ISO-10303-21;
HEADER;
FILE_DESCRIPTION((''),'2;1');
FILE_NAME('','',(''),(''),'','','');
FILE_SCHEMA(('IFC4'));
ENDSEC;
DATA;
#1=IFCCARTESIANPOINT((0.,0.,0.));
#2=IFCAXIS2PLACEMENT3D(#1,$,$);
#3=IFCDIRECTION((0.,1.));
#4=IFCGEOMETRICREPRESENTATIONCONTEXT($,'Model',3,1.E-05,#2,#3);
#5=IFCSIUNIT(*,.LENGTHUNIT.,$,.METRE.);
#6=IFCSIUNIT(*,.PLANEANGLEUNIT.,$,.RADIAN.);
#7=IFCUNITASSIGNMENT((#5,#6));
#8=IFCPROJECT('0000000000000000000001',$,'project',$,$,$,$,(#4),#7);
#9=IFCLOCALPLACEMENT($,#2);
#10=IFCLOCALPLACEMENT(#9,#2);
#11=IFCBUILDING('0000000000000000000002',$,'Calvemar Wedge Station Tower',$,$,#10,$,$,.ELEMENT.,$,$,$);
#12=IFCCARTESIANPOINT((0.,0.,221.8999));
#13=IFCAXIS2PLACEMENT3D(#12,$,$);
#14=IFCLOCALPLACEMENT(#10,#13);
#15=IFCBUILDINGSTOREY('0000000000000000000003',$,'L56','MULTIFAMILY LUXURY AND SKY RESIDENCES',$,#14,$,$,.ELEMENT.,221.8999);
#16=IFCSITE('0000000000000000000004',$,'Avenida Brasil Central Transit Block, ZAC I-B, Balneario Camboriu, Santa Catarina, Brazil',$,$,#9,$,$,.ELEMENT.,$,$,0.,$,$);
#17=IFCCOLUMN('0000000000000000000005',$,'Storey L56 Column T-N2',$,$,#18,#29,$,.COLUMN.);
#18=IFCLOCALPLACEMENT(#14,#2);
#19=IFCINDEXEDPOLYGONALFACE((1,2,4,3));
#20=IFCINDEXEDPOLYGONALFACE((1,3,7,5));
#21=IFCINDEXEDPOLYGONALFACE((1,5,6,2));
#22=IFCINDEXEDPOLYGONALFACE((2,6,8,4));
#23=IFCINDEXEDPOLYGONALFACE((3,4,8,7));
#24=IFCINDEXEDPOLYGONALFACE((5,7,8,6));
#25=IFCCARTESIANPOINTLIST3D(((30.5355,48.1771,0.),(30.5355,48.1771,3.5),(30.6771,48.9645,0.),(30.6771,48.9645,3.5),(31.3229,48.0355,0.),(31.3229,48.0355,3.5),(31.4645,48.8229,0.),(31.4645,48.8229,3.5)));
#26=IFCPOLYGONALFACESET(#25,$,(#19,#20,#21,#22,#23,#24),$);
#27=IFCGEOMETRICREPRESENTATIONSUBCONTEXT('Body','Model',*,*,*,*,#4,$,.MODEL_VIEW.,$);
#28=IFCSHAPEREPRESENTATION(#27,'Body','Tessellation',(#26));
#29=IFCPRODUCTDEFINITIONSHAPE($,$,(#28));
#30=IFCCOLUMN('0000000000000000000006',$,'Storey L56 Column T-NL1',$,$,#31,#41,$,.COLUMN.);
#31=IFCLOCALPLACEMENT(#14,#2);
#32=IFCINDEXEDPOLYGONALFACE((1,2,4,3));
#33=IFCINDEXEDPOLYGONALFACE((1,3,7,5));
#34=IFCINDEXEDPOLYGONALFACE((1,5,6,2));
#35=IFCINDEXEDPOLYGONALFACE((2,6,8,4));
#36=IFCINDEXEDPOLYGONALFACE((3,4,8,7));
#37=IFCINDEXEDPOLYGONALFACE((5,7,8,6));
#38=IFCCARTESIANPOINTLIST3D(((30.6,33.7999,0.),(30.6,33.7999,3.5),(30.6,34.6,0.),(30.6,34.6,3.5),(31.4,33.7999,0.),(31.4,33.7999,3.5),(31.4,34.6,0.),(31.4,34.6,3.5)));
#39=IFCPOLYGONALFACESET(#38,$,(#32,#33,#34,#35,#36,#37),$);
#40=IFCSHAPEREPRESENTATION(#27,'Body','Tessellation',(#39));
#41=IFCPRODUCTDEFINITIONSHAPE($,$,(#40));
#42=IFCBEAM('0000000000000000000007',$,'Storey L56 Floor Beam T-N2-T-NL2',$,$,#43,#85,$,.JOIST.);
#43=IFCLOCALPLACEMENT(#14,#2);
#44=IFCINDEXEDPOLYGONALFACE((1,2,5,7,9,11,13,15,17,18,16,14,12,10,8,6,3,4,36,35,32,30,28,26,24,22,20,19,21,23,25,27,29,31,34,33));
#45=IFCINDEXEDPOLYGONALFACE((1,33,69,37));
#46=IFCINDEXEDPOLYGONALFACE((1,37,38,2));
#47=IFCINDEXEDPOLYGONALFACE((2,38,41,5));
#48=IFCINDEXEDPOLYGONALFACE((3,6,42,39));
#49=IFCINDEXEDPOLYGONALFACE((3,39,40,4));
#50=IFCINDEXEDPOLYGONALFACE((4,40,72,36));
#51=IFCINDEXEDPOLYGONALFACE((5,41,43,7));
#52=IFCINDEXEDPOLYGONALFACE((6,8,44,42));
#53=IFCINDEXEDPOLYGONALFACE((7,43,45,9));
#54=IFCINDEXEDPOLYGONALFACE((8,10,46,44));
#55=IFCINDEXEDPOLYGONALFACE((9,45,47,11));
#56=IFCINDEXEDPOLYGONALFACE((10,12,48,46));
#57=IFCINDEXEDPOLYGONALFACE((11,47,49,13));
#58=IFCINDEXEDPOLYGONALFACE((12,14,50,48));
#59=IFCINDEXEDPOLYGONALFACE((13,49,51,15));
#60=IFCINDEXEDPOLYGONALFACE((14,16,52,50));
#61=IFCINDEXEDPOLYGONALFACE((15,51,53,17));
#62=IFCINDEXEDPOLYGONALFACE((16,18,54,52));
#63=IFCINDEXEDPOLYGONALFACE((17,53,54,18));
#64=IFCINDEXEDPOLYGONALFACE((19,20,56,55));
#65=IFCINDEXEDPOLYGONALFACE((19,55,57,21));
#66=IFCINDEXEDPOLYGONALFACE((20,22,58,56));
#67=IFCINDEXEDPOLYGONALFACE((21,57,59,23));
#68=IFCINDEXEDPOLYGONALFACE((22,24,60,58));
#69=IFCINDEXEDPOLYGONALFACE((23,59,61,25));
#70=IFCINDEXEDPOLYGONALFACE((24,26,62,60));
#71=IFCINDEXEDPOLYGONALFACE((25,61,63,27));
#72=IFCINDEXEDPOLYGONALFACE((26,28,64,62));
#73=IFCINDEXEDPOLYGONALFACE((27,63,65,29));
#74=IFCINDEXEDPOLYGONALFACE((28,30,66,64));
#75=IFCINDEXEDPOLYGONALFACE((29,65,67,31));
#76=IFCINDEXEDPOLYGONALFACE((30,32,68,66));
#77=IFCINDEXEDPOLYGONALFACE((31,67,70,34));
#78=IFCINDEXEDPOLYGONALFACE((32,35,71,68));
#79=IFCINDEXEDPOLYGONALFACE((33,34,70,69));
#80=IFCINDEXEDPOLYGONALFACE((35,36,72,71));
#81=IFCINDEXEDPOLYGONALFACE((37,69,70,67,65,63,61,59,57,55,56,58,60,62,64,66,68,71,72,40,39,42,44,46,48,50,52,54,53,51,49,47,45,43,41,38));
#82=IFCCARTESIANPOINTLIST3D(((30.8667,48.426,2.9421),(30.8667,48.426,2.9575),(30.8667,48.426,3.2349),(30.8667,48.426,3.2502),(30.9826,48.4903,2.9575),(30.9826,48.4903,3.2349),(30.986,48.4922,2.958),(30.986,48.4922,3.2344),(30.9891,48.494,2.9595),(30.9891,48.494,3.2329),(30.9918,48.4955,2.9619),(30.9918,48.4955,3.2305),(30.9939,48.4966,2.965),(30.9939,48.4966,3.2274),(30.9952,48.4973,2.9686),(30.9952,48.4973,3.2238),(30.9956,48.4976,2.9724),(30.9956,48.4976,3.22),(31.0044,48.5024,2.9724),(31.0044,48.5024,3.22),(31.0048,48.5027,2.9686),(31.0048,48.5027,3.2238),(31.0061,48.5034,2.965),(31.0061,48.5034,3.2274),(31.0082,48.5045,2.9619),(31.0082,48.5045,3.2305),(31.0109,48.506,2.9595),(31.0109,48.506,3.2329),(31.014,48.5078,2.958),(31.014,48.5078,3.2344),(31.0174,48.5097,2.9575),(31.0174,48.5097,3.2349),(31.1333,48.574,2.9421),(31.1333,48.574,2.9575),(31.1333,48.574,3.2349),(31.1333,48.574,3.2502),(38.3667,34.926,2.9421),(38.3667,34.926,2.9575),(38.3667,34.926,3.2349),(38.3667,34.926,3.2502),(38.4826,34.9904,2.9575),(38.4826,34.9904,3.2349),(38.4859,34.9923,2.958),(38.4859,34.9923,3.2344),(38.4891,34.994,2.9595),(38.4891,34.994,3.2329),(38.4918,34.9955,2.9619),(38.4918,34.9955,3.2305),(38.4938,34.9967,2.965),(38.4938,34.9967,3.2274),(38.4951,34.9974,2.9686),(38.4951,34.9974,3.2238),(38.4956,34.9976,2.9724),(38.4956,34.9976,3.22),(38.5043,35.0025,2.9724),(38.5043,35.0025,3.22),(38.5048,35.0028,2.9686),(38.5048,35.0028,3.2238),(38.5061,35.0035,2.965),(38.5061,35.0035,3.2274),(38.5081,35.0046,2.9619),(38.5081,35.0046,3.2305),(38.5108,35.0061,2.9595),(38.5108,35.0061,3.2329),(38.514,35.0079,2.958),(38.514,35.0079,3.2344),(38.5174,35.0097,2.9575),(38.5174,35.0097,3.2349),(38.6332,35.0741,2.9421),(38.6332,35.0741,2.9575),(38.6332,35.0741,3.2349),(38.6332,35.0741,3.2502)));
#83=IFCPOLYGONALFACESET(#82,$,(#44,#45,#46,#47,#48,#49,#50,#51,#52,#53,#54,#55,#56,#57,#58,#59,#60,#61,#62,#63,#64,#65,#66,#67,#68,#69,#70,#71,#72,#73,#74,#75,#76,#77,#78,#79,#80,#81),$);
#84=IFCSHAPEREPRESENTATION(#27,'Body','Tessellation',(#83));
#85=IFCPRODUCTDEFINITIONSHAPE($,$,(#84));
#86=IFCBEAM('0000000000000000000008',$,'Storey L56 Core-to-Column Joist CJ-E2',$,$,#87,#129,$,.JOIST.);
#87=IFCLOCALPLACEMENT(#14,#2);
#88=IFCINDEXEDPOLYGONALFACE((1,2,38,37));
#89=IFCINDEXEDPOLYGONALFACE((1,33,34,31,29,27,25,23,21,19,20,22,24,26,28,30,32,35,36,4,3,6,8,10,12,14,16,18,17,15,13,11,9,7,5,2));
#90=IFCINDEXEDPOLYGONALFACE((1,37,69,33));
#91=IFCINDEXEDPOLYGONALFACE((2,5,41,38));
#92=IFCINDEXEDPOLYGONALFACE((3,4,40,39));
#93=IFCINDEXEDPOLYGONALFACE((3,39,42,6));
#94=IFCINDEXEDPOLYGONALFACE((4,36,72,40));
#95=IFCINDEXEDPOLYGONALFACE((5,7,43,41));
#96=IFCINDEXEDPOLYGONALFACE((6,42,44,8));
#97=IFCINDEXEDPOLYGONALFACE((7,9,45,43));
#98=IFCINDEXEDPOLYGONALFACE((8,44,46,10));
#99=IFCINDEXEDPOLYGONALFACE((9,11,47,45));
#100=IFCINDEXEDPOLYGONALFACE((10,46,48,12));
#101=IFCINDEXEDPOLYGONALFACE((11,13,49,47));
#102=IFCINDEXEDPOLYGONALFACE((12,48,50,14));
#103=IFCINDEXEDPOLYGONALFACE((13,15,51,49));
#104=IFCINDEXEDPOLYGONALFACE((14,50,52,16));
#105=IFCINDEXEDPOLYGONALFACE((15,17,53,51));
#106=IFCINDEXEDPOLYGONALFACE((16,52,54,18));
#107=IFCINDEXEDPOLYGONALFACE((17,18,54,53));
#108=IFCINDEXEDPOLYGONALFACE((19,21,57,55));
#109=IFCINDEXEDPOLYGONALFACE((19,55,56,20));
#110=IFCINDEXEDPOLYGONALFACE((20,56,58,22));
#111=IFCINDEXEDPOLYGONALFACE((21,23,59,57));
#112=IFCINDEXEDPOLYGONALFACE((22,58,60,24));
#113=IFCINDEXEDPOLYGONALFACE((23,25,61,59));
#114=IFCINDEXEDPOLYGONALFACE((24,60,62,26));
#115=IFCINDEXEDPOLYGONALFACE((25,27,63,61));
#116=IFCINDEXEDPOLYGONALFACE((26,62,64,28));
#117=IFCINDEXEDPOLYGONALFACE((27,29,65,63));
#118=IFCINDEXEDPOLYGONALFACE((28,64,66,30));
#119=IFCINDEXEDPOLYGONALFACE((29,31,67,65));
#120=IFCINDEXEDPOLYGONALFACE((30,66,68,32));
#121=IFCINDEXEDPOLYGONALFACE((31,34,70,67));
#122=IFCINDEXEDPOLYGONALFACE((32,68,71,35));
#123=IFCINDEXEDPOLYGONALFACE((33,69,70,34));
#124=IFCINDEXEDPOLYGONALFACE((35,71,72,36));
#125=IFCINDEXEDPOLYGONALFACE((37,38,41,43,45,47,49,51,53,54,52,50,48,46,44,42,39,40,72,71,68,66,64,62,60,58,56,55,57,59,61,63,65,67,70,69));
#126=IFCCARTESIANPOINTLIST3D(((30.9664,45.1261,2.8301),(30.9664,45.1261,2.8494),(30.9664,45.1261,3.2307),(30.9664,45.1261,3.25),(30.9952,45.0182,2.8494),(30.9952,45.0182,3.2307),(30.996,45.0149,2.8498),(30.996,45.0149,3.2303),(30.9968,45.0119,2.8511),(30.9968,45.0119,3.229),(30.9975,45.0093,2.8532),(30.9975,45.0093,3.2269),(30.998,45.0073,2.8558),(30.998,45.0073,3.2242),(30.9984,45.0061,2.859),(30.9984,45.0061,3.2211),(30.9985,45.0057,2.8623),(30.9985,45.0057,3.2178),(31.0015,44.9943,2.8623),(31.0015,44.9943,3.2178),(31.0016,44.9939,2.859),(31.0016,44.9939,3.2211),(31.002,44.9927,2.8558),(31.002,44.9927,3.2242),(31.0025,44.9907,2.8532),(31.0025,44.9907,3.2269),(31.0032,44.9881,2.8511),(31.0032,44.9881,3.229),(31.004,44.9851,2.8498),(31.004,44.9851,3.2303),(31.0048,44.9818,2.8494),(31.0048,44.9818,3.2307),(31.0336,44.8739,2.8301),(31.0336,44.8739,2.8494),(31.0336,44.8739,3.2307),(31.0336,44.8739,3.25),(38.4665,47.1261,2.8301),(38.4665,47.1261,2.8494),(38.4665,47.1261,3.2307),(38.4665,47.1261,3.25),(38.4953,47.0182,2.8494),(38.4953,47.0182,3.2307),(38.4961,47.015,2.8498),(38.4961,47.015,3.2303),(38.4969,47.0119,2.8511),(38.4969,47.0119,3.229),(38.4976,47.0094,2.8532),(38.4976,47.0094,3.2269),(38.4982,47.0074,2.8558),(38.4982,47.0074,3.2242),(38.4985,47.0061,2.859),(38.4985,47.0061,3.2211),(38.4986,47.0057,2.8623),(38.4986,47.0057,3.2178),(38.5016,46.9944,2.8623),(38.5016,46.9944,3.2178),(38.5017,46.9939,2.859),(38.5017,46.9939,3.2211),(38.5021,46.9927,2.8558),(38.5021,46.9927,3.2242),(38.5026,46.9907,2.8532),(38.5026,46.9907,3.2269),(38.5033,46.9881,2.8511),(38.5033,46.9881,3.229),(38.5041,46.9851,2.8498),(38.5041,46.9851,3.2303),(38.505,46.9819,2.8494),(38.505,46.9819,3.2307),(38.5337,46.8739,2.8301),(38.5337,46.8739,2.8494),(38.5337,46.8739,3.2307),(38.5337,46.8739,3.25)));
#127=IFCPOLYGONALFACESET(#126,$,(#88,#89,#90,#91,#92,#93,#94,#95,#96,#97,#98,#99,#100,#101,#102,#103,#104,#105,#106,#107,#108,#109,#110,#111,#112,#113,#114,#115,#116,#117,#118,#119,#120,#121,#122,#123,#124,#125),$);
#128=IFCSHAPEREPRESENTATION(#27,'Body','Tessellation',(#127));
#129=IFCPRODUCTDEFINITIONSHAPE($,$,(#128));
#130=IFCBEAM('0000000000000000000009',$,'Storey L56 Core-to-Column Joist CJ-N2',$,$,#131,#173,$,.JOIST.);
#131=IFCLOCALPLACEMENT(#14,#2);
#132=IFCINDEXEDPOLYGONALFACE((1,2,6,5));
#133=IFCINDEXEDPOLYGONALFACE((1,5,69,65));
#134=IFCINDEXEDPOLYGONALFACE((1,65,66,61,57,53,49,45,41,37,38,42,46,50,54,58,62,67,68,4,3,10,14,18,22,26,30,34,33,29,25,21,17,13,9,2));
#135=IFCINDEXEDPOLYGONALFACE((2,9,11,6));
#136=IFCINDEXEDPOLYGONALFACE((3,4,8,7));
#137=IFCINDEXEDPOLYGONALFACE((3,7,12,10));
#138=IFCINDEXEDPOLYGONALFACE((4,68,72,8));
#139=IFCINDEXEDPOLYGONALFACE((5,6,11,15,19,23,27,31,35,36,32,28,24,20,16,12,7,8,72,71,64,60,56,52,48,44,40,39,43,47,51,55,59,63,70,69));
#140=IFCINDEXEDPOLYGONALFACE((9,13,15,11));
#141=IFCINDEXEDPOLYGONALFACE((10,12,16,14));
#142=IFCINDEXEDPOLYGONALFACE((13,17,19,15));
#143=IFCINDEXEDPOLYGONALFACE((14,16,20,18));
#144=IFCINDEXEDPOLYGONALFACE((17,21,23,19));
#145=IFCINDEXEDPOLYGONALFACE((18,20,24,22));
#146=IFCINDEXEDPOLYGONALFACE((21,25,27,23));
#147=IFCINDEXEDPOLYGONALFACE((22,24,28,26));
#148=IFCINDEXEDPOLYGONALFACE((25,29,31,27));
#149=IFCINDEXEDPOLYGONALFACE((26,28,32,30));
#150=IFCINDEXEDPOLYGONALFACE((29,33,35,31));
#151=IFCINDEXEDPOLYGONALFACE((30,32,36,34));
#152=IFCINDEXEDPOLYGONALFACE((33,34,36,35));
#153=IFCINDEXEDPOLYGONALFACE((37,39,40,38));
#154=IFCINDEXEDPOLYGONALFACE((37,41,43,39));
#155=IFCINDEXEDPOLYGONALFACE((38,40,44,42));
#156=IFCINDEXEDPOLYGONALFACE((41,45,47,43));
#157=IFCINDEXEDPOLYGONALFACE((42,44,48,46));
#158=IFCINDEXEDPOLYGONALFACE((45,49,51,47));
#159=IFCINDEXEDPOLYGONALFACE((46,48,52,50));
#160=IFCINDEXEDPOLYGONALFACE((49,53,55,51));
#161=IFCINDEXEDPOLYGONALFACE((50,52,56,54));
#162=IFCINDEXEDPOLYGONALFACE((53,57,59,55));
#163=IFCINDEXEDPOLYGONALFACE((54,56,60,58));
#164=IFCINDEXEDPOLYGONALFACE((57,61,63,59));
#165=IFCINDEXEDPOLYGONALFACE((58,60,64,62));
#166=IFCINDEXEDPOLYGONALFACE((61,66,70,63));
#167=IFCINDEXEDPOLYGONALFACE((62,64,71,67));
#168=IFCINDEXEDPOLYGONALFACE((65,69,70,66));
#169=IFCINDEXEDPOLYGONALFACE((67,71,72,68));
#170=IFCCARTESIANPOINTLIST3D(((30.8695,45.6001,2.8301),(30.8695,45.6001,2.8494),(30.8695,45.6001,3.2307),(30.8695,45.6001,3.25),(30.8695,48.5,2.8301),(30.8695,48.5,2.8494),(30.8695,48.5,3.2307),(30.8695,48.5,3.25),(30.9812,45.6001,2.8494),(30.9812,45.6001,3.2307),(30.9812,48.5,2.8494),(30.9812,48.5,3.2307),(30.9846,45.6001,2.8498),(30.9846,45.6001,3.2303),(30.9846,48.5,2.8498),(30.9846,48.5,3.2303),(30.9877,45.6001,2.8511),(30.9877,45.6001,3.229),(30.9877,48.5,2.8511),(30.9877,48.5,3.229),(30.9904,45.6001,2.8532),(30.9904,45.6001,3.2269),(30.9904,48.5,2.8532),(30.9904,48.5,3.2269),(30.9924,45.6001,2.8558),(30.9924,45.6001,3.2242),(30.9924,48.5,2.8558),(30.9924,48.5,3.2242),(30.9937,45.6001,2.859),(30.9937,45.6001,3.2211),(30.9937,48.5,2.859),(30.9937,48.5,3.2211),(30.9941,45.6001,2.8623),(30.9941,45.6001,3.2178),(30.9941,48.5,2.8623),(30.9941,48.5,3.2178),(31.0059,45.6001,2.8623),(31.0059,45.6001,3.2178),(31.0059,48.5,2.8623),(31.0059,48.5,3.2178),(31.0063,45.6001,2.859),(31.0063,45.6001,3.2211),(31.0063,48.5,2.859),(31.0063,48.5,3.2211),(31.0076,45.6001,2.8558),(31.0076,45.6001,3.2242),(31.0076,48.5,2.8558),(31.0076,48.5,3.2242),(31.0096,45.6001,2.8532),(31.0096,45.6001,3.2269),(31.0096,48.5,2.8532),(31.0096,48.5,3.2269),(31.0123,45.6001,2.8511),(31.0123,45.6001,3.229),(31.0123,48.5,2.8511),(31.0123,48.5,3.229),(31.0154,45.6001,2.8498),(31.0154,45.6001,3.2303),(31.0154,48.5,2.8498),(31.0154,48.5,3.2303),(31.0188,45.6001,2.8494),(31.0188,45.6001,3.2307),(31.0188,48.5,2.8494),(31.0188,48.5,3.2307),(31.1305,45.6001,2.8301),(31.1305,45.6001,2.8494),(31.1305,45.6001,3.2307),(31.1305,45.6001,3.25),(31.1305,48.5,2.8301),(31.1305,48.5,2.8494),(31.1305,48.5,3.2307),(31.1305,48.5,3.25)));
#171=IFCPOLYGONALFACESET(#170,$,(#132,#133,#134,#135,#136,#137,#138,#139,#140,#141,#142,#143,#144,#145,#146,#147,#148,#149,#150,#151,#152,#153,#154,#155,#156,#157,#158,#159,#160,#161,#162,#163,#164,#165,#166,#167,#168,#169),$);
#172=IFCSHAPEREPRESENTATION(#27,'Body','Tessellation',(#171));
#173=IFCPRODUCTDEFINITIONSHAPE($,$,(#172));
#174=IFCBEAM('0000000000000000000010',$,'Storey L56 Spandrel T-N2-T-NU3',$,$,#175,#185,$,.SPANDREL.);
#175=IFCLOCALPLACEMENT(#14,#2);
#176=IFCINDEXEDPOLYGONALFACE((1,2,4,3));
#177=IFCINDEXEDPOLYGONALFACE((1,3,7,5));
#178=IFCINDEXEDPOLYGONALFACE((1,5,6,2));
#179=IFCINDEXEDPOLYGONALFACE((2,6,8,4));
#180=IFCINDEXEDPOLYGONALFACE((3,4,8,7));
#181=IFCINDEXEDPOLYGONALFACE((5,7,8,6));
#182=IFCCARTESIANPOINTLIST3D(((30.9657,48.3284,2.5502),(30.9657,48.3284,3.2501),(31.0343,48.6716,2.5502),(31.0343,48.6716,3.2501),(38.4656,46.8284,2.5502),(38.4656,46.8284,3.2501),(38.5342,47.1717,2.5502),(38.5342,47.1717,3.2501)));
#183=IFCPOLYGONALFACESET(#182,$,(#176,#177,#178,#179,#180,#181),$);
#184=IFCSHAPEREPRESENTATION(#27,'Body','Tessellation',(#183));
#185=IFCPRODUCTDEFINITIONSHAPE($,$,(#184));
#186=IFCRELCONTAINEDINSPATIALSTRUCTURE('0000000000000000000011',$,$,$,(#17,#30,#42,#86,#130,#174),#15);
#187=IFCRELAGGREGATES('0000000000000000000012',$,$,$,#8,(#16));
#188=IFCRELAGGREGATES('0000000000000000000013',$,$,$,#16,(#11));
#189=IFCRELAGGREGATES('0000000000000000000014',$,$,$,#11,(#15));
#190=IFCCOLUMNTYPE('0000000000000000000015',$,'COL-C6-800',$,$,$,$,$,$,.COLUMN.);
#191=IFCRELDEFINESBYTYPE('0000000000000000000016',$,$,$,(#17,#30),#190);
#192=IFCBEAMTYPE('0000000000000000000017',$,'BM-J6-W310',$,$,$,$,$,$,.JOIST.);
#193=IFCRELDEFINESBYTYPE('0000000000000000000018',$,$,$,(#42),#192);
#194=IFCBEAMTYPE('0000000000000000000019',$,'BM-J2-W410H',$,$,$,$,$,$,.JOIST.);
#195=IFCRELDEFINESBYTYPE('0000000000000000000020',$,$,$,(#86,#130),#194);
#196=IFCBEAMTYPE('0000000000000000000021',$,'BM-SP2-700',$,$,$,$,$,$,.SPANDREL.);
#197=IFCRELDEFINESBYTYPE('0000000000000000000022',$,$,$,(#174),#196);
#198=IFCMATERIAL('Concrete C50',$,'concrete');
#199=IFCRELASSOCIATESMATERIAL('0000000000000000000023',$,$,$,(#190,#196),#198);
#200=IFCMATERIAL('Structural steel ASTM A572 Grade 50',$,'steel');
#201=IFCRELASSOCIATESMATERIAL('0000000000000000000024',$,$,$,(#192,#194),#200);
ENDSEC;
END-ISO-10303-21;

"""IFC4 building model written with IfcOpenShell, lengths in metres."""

from ifc_helpers import new_model, si_unit, direction, frame, origin, origin_2d, place, context, subcontext, project, spatial, rectangle, i_section, extrude, source, transform, mapped, material, material_profile, profile_set, type_object, element, save


model = new_model("IFC4")

# Units and contexts
model_context = context("Model", 3, precision=1e-05, world=origin(), true_north=direction((0.0, 1.0)))
body_context = subcontext(model_context, "Body", "Model", "MODEL_VIEW")
ifc_project = project(units=[si_unit("LENGTHUNIT", "METRE"), si_unit("PLANEANGLEUNIT", "RADIAN")], contexts=[model_context])

# Site, building, storey
site_placement = place(None, origin())
site = spatial("IfcSite", under=ifc_project, at=site_placement, Name="Avenida Brasil Central Transit Block, ZAC I-B, Balneario Camboriu, Santa Catarina, Brazil", CompositionType="ELEMENT", RefElevation=0.0)
building_placement = place(site_placement, origin())
building = spatial("IfcBuilding", under=site, at=building_placement, Name="Calvemar Wedge Station Tower", CompositionType="ELEMENT")
storey_placement = place(building_placement, frame((0.0, 0.0, 221.8999)))
storey = spatial("IfcBuildingStorey", under=building, at=storey_placement, Name="L56", Description="MULTIFAMILY LUXURY AND SKY RESIDENCES", CompositionType="ELEMENT", Elevation=221.8999)

# Columns
ifc_material_1 = material(Name="Concrete C50", Category="concrete")
ifc_material_profile_1 = material_profile(ifc_material_1, rectangle(XDim=0.8, YDim=0.8, at=origin_2d()), Name="RC800x800")
ifc_profile_set_1 = profile_set([ifc_material_profile_1], Name="Concrete C50")
column_type = type_object("IfcColumnType", Name="COL-C6-800", PredefinedType="COLUMN", material=ifc_profile_set_1)
shared_shape_1 = source(origin(), body_context, "Body", "SweptSolid", [
    extrude(rectangle(XDim=0.8, YDim=0.8, at=origin_2d()), origin(), (0.0, 0.0, 1.0), 3.5),
])
for number, where, z_axis, x_axis, name in (
    (1, (31.0, 48.5, 0.0), (0.0, 0.0, 1.0), (0.984196, -0.177085, 0.0), "Storey L56 Column T-N2"),
    (2, (31.0, 34.2, 0.0), (0.0, 0.0, 1.0), (1.0, 0.0, 0.0), "Storey L56 Column T-NL1"),
):
    element("IfcColumn", number, at=place(storey_placement, frame(where, z_axis=z_axis, x_axis=x_axis)), inside=storey, type_object=column_type, Name=name, PredefinedType="COLUMN", context=body_context, shape_type="MappedRepresentation", body=[
        mapped(shared_shape_1, transform((0.0, 0.0, 0.0), scale=1.0)),
    ])

# Beams
ifc_material_2 = material(Name="Structural steel ASTM A572 Grade 50", Category="steel")
ifc_material_profile_2 = material_profile(ifc_material_2, i_section(OverallWidth=0.3049, OverallDepth=0.3081, WebThickness=0.01, FlangeThickness=0.0154, FilletRadius=0.0149, at=origin_2d()), Name="W310x97")
ifc_profile_set_2 = profile_set([ifc_material_profile_2], Name="Structural steel ASTM A572 Grade 50")
beam_type_1 = type_object("IfcBeamType", Name="BM-J6-W310", PredefinedType="JOIST", material=ifc_profile_set_2)
shared_shape_2 = source(origin(), body_context, "Body", "SweptSolid", [
    extrude(i_section(OverallWidth=0.3049, OverallDepth=0.3081, WebThickness=0.01, FlangeThickness=0.0154, FilletRadius=0.0149, at=origin_2d()), origin(), (0.0, 0.0, 1.0), 15.4434),
])
beam_1_placement = place(storey_placement, frame((31.0, 48.5, 3.0962), z_axis=(0.485643, -0.874157, 0.0), x_axis=(0.874157, 0.485643, 0.0)))
element("IfcBeam", 3, at=beam_1_placement, inside=storey, type_object=beam_type_1, Name="Storey L56 Floor Beam T-N2-T-NL2", PredefinedType="JOIST", context=body_context, shape_type="MappedRepresentation", body=[
    mapped(shared_shape_2, transform((0.0, 0.0, 0.0), scale=1.0)),
])
ifc_material_profile_3 = material_profile(ifc_material_2, i_section(OverallWidth=0.261, OverallDepth=0.4199, WebThickness=0.0117, FlangeThickness=0.0193, FilletRadius=0.0129, at=origin_2d()), Name="W410x114")
ifc_profile_set_3 = profile_set([ifc_material_profile_3], Name="Structural steel ASTM A572 Grade 50")
beam_type_2 = type_object("IfcBeamType", Name="BM-J2-W410H", PredefinedType="JOIST", material=ifc_profile_set_3)
shared_shape_3 = source(origin(), body_context, "Body", "SweptSolid", [
    extrude(i_section(OverallWidth=0.261, OverallDepth=0.4199, WebThickness=0.0117, FlangeThickness=0.0193, FilletRadius=0.0129, at=origin_2d()), origin(), (0.0, 0.0, 1.0), 7.7622),
])
beam_2_placement = place(storey_placement, frame((31.0, 45.0, 3.04), z_axis=(0.966235, 0.257663, 0.0), x_axis=(-0.257663, 0.966235, 0.0)))
element("IfcBeam", 4, at=beam_2_placement, inside=storey, type_object=beam_type_2, Name="Storey L56 Core-to-Column Joist CJ-E2", PredefinedType="JOIST", context=body_context, shape_type="MappedRepresentation", body=[
    mapped(shared_shape_3, transform((0.0, 0.0, 0.0), scale=1.0)),
])
shared_shape_4 = source(origin(), body_context, "Body", "SweptSolid", [
    extrude(i_section(OverallWidth=0.261, OverallDepth=0.4199, WebThickness=0.0117, FlangeThickness=0.0193, FilletRadius=0.0129, at=origin_2d()), origin(), (0.0, 0.0, 1.0), 2.8999),
])
beam_3_placement = place(storey_placement, frame((31.0, 45.6001, 3.04), z_axis=(0.0, 1.0, 0.0), x_axis=(-1.0, 0.0, 0.0)))
element("IfcBeam", 5, at=beam_3_placement, inside=storey, type_object=beam_type_2, Name="Storey L56 Core-to-Column Joist CJ-N2", PredefinedType="JOIST", context=body_context, shape_type="MappedRepresentation", body=[
    mapped(shared_shape_4, transform((0.0, 0.0, 0.0), scale=1.0)),
])
ifc_material_profile_4 = material_profile(ifc_material_1, rectangle(XDim=0.3501, YDim=0.7, at=origin_2d()), Name="RC350x700")
ifc_profile_set_4 = profile_set([ifc_material_profile_4], Name="Concrete C50")
beam_type_3 = type_object("IfcBeamType", Name="BM-SP2-700", PredefinedType="SPANDREL", material=ifc_profile_set_4)
shared_shape_5 = source(origin(), body_context, "Body", "SweptSolid", [
    extrude(rectangle(XDim=0.3501, YDim=0.7, at=origin_2d()), origin(), (0.0, 0.0, 1.0), 7.6484),
])
beam_4_placement = place(storey_placement, frame((31.0, 48.5, 2.9001), z_axis=(0.980581, -0.196116, 0.0), x_axis=(0.196116, 0.980581, 0.0)))
element("IfcBeam", 6, at=beam_4_placement, inside=storey, type_object=beam_type_3, Name="Storey L56 Spandrel T-N2-T-NU3", PredefinedType="SPANDREL", context=body_context, shape_type="MappedRepresentation", body=[
    mapped(shared_shape_5, transform((0.0, 0.0, 0.0), scale=1.0)),
])

save(model, "model.ifc")
